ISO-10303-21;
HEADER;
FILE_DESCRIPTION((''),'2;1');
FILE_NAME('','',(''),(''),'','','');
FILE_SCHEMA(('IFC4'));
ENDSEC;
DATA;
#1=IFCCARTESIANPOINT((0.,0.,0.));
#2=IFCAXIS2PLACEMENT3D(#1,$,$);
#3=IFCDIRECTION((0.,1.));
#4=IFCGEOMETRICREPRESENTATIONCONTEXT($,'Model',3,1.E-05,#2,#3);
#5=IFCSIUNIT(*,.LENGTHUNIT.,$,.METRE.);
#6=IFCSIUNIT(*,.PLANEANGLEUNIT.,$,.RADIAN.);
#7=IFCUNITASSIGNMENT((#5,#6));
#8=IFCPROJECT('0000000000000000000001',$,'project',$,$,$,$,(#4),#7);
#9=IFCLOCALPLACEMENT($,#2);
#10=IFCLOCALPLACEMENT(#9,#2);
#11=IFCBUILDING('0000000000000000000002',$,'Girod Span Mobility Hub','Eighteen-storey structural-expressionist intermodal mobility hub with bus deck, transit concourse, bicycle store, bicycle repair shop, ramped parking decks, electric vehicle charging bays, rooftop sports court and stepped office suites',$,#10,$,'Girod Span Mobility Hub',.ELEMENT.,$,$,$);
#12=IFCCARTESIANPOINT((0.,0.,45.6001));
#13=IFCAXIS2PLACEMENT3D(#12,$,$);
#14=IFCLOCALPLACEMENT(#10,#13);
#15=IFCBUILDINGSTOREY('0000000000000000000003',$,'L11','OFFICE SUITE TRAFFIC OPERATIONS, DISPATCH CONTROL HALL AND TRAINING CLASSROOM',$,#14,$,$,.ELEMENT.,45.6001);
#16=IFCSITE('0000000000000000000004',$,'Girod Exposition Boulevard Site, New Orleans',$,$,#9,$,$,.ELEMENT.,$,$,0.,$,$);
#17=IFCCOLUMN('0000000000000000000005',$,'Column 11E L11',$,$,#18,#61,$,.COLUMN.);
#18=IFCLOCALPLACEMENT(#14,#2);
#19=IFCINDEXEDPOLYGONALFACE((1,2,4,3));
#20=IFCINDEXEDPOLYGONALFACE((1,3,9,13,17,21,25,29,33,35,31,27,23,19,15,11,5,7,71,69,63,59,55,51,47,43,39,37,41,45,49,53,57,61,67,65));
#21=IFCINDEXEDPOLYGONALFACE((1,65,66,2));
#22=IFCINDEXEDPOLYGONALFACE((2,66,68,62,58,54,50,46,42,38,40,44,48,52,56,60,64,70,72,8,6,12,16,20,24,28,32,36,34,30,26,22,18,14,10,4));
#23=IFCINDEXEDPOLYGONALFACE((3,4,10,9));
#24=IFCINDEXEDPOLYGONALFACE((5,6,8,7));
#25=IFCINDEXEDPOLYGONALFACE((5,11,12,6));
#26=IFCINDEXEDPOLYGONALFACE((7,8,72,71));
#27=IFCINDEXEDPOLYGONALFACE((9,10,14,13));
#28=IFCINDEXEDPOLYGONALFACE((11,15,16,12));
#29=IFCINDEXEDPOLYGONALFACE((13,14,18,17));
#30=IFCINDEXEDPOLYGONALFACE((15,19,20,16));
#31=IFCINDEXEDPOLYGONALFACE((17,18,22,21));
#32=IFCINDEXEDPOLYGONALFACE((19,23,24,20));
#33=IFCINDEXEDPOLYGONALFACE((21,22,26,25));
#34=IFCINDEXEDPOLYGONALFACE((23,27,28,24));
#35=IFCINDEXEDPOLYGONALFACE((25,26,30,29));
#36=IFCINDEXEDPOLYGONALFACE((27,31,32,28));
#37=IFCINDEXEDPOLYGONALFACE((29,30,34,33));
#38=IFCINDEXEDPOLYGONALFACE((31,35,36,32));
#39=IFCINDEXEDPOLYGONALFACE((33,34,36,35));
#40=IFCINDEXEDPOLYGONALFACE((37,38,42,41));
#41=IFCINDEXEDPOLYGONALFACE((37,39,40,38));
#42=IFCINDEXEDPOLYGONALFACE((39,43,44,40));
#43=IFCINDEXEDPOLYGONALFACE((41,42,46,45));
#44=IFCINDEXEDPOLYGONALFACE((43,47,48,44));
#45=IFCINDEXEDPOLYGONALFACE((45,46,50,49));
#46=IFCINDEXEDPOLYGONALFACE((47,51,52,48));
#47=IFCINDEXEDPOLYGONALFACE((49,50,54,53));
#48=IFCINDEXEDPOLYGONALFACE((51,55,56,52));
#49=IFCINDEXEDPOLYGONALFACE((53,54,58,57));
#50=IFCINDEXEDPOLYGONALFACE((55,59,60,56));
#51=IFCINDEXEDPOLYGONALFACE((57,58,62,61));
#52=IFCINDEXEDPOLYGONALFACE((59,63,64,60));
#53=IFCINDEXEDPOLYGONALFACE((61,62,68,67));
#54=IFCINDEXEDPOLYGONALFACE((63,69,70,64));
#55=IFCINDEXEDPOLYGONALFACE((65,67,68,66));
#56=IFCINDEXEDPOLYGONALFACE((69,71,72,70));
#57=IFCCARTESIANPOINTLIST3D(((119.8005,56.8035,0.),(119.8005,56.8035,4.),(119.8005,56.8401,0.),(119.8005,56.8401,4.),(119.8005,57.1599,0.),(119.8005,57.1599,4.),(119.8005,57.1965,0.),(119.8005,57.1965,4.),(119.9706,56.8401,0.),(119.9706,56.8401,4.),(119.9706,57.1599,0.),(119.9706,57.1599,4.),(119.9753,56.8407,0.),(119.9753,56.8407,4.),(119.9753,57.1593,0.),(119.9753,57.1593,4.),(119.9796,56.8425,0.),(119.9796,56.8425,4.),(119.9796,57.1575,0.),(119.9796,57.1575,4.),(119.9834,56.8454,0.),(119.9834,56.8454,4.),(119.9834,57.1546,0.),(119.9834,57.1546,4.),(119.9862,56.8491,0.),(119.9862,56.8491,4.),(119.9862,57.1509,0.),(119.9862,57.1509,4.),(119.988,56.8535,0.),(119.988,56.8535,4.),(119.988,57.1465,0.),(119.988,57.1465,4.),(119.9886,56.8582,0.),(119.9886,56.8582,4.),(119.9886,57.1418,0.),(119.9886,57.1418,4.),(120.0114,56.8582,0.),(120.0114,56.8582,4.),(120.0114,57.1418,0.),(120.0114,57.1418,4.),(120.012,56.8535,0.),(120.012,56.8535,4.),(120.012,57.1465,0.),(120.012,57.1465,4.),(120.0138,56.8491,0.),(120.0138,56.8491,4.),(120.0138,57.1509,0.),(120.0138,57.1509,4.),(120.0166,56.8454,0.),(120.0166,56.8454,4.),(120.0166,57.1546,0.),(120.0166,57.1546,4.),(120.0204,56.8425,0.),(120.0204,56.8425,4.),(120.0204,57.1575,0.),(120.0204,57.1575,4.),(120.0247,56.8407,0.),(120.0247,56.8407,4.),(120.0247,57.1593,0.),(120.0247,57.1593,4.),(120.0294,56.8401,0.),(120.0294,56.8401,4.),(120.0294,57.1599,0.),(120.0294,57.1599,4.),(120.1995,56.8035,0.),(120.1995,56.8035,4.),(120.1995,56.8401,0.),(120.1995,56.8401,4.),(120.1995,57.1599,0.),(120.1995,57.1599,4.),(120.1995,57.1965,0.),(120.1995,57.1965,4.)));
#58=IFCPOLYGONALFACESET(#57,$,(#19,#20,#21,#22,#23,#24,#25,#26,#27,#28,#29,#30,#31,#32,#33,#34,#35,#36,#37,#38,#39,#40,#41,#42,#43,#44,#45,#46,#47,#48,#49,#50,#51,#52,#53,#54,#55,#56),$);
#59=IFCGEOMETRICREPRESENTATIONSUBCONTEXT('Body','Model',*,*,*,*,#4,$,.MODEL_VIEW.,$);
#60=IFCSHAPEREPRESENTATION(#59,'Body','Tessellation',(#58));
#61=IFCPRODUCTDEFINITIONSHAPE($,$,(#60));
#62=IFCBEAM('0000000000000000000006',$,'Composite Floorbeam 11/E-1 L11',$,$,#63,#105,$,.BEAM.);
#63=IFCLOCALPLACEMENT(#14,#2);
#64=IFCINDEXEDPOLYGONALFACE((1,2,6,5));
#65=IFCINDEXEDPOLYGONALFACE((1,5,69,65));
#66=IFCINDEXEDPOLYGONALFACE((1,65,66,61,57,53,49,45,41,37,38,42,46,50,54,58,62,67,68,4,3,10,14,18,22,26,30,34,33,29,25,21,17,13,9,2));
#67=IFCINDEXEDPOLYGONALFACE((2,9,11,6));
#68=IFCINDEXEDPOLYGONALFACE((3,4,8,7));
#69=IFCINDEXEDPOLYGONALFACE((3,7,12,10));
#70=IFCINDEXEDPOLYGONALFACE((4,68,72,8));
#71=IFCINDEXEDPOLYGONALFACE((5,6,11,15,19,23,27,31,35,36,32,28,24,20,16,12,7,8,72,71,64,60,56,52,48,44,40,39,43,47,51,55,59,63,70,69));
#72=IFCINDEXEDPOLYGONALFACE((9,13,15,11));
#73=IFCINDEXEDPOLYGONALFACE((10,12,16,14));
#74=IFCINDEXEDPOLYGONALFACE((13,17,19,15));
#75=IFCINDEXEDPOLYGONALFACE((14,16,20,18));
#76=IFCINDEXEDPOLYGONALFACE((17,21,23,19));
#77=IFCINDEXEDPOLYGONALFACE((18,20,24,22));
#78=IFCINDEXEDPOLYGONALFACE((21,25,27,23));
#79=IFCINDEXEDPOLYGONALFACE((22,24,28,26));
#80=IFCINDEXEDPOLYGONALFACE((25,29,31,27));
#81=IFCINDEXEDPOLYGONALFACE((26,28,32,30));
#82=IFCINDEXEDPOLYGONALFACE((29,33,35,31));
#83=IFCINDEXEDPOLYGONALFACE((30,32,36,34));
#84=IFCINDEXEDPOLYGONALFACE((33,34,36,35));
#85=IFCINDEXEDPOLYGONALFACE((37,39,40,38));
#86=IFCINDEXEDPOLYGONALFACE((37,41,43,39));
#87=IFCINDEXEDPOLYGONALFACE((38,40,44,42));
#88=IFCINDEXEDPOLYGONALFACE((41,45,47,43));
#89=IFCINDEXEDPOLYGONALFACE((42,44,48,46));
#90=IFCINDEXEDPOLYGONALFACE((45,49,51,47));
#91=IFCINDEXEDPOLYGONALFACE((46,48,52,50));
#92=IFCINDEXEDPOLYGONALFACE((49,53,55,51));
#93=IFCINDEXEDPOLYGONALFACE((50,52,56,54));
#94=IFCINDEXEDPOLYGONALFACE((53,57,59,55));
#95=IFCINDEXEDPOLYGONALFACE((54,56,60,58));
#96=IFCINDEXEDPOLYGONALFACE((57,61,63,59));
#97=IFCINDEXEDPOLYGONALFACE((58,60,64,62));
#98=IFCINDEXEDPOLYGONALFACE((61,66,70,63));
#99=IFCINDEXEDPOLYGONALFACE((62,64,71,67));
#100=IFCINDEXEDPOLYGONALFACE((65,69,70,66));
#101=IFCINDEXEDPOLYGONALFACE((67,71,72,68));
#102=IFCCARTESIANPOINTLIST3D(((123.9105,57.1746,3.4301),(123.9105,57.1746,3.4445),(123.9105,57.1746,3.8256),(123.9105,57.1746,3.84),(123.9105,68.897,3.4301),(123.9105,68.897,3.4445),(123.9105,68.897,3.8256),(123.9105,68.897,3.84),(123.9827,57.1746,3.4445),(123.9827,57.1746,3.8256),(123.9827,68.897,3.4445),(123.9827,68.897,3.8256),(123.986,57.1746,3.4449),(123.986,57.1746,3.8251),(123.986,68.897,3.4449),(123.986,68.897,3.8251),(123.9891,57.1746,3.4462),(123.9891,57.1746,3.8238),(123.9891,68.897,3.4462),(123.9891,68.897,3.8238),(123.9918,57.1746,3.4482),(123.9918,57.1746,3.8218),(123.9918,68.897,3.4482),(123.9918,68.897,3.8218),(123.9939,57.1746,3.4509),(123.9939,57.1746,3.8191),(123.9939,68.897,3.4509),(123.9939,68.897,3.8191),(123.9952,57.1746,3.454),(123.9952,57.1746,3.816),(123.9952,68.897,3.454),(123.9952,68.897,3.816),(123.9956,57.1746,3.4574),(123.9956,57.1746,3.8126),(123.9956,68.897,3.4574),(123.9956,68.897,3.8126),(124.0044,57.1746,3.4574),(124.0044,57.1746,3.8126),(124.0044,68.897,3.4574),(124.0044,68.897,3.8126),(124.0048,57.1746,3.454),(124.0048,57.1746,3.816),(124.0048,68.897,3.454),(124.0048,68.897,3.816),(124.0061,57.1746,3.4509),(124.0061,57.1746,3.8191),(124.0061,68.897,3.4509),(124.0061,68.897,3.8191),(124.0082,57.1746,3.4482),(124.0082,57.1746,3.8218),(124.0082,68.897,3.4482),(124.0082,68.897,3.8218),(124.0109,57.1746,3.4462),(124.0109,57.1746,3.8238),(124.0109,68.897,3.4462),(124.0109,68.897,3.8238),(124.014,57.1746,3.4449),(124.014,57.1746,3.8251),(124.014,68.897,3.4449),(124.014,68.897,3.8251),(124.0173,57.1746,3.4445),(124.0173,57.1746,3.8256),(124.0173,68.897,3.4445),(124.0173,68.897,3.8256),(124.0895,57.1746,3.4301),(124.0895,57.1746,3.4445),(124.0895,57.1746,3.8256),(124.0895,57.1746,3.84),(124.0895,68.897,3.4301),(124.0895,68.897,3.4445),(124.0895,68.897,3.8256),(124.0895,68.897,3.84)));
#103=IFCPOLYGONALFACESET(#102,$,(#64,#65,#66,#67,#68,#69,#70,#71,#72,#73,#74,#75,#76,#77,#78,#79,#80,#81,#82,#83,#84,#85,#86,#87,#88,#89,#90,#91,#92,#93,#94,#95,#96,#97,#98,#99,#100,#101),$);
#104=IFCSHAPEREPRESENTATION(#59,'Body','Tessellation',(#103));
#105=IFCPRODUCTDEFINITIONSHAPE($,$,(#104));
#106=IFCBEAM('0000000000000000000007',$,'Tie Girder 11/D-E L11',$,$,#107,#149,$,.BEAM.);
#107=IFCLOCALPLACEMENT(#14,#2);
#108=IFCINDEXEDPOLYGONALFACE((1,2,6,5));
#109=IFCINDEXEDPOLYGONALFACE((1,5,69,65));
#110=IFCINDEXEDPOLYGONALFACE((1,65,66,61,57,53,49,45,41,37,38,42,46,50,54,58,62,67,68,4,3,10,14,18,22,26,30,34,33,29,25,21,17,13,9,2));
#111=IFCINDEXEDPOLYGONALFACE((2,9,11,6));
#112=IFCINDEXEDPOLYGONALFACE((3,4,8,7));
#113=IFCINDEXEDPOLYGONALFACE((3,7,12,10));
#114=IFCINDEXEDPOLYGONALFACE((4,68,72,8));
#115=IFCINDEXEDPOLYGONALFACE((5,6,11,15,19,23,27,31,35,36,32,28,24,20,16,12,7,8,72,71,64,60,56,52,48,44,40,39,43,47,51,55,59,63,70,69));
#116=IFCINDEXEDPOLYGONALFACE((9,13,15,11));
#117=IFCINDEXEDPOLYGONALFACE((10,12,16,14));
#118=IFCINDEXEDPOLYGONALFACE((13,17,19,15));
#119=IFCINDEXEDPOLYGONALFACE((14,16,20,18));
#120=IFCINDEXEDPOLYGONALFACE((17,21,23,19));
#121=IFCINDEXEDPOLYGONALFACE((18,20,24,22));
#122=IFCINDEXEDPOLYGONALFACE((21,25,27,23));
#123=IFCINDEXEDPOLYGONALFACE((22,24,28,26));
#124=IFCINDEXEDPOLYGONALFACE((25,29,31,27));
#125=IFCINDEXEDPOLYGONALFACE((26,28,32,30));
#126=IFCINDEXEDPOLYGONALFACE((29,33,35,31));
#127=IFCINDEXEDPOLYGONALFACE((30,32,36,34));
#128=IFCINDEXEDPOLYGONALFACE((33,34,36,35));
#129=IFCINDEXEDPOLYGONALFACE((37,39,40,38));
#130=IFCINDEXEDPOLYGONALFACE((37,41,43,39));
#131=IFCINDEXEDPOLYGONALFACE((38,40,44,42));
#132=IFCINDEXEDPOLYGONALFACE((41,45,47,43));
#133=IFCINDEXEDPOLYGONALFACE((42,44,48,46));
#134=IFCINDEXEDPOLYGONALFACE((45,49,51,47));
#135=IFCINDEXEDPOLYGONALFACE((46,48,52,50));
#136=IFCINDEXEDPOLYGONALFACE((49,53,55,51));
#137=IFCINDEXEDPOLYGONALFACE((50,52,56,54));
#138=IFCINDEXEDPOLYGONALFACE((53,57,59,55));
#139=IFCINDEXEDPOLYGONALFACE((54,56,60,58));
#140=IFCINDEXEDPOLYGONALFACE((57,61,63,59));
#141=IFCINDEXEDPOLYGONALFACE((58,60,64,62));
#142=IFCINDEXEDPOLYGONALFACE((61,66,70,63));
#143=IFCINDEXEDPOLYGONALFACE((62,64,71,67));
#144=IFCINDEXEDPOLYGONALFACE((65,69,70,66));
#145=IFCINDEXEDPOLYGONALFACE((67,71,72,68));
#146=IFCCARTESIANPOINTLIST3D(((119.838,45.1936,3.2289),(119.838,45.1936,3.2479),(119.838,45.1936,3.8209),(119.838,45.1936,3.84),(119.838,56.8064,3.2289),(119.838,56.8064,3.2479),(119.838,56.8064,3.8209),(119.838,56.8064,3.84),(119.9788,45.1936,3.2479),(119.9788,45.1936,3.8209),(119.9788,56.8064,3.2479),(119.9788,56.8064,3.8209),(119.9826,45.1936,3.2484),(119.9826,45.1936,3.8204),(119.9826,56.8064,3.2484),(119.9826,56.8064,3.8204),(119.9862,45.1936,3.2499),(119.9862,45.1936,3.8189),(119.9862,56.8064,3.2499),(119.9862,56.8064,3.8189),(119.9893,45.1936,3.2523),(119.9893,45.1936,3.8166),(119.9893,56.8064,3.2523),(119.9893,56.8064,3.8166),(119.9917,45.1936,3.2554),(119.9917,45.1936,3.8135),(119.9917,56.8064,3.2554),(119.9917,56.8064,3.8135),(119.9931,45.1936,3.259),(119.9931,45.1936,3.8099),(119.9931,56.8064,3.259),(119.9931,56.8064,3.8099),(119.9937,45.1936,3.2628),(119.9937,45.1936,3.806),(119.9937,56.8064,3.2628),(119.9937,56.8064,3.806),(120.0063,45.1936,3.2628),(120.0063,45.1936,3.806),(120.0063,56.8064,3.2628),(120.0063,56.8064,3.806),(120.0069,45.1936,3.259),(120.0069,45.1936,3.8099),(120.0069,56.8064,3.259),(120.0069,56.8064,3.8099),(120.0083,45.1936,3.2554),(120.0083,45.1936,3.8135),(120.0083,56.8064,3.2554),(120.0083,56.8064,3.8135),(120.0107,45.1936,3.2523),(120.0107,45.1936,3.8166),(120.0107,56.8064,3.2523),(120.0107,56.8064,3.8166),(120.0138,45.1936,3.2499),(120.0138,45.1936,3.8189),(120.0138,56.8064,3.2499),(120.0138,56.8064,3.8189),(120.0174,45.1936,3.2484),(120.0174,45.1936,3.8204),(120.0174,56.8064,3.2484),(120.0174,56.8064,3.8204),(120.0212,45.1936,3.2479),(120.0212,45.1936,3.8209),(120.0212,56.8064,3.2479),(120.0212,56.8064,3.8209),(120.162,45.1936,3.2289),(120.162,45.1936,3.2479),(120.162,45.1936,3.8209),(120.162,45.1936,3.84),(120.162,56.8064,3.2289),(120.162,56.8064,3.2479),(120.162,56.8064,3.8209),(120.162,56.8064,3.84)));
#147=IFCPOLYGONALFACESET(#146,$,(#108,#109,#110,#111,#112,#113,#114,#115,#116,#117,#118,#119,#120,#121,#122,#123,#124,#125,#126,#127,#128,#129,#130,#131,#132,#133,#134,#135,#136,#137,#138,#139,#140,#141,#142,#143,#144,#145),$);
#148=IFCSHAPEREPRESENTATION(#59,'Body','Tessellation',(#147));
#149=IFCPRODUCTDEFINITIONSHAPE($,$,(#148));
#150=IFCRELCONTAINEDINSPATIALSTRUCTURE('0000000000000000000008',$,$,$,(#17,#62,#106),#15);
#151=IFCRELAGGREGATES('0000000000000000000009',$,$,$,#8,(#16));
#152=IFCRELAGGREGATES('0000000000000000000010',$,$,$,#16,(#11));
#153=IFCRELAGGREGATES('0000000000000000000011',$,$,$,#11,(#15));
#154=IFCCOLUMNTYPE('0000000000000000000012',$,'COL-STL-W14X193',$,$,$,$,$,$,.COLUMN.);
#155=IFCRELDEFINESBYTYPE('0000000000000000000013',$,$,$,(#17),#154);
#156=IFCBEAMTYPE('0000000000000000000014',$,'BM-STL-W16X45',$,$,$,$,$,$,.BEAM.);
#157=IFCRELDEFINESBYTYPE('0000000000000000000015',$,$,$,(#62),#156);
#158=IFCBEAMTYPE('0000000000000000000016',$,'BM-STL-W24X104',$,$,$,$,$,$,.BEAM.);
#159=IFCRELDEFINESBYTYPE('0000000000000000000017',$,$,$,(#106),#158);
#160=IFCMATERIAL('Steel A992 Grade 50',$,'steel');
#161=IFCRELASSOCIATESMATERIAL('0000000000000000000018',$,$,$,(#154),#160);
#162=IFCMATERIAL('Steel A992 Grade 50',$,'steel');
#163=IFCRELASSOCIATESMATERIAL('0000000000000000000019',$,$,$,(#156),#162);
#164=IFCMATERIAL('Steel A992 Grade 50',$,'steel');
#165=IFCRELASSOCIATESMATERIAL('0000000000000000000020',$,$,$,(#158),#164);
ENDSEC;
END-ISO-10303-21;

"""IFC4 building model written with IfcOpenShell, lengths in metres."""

from ifc_helpers import new_model, si_unit, direction, frame, origin, origin_2d, place, context, subcontext, project, spatial, i_section, extrude, material, material_profile, profile_set, type_object, element, save


model = new_model("IFC4")

# Units and contexts
model_context = context("Model", 3, precision=1e-05, world=origin(), true_north=direction((0.0, 1.0)))
body_context = subcontext(model_context, "Body", "Model", "MODEL_VIEW")
ifc_project = project(units=[si_unit("LENGTHUNIT", "METRE"), si_unit("PLANEANGLEUNIT", "RADIAN")], contexts=[model_context])

# Site, building, storey
site_placement = place(None, origin())
site = spatial("IfcSite", under=ifc_project, at=site_placement, Name="Girod Exposition Boulevard Site, New Orleans", CompositionType="ELEMENT", RefElevation=0.0)
building_placement = place(site_placement, origin())
building = spatial("IfcBuilding", under=site, at=building_placement, Name="Girod Span Mobility Hub", Description="Eighteen-storey structural-expressionist intermodal mobility hub with bus deck, transit concourse, bicycle store, bicycle repair shop, ramped parking decks, electric vehicle charging bays, rooftop sports court and stepped office suites", LongName="Girod Span Mobility Hub", CompositionType="ELEMENT")
storey_placement = place(building_placement, frame((0.0, 0.0, 45.6001)))
storey = spatial("IfcBuildingStorey", under=building, at=storey_placement, Name="L11", Description="OFFICE SUITE TRAFFIC OPERATIONS, DISPATCH CONTROL HALL AND TRAINING CLASSROOM", CompositionType="ELEMENT", Elevation=45.6001)

# Column
ifc_material_1 = material(Name="Steel A992 Grade 50", Category="steel")
ifc_material_profile_1 = material_profile(ifc_material_1, i_section(OverallWidth=0.3989, OverallDepth=0.3931, WebThickness=0.0227, FlangeThickness=0.0366, FilletRadius=0.0181, at=origin_2d()), Name="W14X193")
ifc_profile_set_1 = profile_set([ifc_material_profile_1], Name="Steel A992 Grade 50")
column_type = type_object("IfcColumnType", Name="COL-STL-W14X193", PredefinedType="COLUMN", material=ifc_profile_set_1)
column_placement = place(storey_placement, frame((120.0, 57.0, 0.0), z_axis=(0.0, 0.0, 1.0), x_axis=(1.0, 0.0, 0.0)))
element("IfcColumn", 1, at=column_placement, inside=storey, type_object=column_type, Name="Column 11E L11", PredefinedType="COLUMN", context=body_context, shape_type="SweptSolid", body=[
    extrude(i_section(OverallWidth=0.3989, OverallDepth=0.3931, WebThickness=0.0227, FlangeThickness=0.0366, FilletRadius=0.0181, at=origin_2d()), origin(), (0.0, 0.0, 1.0), 4.0),
])

# Beams
ifc_material_2 = material(Name="Steel A992 Grade 50", Category="steel")
ifc_material_profile_2 = material_profile(ifc_material_2, i_section(OverallWidth=0.179, OverallDepth=0.4099, WebThickness=0.0088, FlangeThickness=0.0144, FilletRadius=0.0129, at=origin_2d()), Name="W16X45")
ifc_profile_set_2 = profile_set([ifc_material_profile_2], Name="Steel A992 Grade 50")
beam_type_1 = type_object("IfcBeamType", Name="BM-STL-W16X45", PredefinedType="BEAM", material=ifc_profile_set_2)
beam_1_placement = place(storey_placement, frame((124.0, 57.1746, 3.635), z_axis=(0.0, 1.0, 0.0), x_axis=(-1.0, 0.0, 0.0)))
element("IfcBeam", 2, at=beam_1_placement, inside=storey, type_object=beam_type_1, Name="Composite Floorbeam 11/E-1 L11", PredefinedType="BEAM", context=body_context, shape_type="SweptSolid", body=[
    extrude(i_section(OverallWidth=0.179, OverallDepth=0.4099, WebThickness=0.0088, FlangeThickness=0.0144, FilletRadius=0.0129, at=origin_2d()), origin(), (0.0, 0.0, 1.0), 11.7224),
])
ifc_material_3 = material(Name="Steel A992 Grade 50", Category="steel")
ifc_material_profile_3 = material_profile(ifc_material_3, i_section(OverallWidth=0.324, OverallDepth=0.6111, WebThickness=0.0127, FlangeThickness=0.019, FilletRadius=0.0149, at=origin_2d()), Name="W24X104")
ifc_profile_set_3 = profile_set([ifc_material_profile_3], Name="Steel A992 Grade 50")
beam_type_2 = type_object("IfcBeamType", Name="BM-STL-W24X104", PredefinedType="BEAM", material=ifc_profile_set_3)
beam_2_placement = place(storey_placement, frame((120.0, 45.1936, 3.5344), z_axis=(0.0, 1.0, 0.0), x_axis=(-1.0, 0.0, 0.0)))
element("IfcBeam", 3, at=beam_2_placement, inside=storey, type_object=beam_type_2, Name="Tie Girder 11/D-E L11", PredefinedType="BEAM", context=body_context, shape_type="SweptSolid", body=[
    extrude(i_section(OverallWidth=0.324, OverallDepth=0.6111, WebThickness=0.0127, FlangeThickness=0.019, FilletRadius=0.0149, at=origin_2d()), origin(), (0.0, 0.0, 1.0), 11.6128),
])

save(model, "model.ifc")
